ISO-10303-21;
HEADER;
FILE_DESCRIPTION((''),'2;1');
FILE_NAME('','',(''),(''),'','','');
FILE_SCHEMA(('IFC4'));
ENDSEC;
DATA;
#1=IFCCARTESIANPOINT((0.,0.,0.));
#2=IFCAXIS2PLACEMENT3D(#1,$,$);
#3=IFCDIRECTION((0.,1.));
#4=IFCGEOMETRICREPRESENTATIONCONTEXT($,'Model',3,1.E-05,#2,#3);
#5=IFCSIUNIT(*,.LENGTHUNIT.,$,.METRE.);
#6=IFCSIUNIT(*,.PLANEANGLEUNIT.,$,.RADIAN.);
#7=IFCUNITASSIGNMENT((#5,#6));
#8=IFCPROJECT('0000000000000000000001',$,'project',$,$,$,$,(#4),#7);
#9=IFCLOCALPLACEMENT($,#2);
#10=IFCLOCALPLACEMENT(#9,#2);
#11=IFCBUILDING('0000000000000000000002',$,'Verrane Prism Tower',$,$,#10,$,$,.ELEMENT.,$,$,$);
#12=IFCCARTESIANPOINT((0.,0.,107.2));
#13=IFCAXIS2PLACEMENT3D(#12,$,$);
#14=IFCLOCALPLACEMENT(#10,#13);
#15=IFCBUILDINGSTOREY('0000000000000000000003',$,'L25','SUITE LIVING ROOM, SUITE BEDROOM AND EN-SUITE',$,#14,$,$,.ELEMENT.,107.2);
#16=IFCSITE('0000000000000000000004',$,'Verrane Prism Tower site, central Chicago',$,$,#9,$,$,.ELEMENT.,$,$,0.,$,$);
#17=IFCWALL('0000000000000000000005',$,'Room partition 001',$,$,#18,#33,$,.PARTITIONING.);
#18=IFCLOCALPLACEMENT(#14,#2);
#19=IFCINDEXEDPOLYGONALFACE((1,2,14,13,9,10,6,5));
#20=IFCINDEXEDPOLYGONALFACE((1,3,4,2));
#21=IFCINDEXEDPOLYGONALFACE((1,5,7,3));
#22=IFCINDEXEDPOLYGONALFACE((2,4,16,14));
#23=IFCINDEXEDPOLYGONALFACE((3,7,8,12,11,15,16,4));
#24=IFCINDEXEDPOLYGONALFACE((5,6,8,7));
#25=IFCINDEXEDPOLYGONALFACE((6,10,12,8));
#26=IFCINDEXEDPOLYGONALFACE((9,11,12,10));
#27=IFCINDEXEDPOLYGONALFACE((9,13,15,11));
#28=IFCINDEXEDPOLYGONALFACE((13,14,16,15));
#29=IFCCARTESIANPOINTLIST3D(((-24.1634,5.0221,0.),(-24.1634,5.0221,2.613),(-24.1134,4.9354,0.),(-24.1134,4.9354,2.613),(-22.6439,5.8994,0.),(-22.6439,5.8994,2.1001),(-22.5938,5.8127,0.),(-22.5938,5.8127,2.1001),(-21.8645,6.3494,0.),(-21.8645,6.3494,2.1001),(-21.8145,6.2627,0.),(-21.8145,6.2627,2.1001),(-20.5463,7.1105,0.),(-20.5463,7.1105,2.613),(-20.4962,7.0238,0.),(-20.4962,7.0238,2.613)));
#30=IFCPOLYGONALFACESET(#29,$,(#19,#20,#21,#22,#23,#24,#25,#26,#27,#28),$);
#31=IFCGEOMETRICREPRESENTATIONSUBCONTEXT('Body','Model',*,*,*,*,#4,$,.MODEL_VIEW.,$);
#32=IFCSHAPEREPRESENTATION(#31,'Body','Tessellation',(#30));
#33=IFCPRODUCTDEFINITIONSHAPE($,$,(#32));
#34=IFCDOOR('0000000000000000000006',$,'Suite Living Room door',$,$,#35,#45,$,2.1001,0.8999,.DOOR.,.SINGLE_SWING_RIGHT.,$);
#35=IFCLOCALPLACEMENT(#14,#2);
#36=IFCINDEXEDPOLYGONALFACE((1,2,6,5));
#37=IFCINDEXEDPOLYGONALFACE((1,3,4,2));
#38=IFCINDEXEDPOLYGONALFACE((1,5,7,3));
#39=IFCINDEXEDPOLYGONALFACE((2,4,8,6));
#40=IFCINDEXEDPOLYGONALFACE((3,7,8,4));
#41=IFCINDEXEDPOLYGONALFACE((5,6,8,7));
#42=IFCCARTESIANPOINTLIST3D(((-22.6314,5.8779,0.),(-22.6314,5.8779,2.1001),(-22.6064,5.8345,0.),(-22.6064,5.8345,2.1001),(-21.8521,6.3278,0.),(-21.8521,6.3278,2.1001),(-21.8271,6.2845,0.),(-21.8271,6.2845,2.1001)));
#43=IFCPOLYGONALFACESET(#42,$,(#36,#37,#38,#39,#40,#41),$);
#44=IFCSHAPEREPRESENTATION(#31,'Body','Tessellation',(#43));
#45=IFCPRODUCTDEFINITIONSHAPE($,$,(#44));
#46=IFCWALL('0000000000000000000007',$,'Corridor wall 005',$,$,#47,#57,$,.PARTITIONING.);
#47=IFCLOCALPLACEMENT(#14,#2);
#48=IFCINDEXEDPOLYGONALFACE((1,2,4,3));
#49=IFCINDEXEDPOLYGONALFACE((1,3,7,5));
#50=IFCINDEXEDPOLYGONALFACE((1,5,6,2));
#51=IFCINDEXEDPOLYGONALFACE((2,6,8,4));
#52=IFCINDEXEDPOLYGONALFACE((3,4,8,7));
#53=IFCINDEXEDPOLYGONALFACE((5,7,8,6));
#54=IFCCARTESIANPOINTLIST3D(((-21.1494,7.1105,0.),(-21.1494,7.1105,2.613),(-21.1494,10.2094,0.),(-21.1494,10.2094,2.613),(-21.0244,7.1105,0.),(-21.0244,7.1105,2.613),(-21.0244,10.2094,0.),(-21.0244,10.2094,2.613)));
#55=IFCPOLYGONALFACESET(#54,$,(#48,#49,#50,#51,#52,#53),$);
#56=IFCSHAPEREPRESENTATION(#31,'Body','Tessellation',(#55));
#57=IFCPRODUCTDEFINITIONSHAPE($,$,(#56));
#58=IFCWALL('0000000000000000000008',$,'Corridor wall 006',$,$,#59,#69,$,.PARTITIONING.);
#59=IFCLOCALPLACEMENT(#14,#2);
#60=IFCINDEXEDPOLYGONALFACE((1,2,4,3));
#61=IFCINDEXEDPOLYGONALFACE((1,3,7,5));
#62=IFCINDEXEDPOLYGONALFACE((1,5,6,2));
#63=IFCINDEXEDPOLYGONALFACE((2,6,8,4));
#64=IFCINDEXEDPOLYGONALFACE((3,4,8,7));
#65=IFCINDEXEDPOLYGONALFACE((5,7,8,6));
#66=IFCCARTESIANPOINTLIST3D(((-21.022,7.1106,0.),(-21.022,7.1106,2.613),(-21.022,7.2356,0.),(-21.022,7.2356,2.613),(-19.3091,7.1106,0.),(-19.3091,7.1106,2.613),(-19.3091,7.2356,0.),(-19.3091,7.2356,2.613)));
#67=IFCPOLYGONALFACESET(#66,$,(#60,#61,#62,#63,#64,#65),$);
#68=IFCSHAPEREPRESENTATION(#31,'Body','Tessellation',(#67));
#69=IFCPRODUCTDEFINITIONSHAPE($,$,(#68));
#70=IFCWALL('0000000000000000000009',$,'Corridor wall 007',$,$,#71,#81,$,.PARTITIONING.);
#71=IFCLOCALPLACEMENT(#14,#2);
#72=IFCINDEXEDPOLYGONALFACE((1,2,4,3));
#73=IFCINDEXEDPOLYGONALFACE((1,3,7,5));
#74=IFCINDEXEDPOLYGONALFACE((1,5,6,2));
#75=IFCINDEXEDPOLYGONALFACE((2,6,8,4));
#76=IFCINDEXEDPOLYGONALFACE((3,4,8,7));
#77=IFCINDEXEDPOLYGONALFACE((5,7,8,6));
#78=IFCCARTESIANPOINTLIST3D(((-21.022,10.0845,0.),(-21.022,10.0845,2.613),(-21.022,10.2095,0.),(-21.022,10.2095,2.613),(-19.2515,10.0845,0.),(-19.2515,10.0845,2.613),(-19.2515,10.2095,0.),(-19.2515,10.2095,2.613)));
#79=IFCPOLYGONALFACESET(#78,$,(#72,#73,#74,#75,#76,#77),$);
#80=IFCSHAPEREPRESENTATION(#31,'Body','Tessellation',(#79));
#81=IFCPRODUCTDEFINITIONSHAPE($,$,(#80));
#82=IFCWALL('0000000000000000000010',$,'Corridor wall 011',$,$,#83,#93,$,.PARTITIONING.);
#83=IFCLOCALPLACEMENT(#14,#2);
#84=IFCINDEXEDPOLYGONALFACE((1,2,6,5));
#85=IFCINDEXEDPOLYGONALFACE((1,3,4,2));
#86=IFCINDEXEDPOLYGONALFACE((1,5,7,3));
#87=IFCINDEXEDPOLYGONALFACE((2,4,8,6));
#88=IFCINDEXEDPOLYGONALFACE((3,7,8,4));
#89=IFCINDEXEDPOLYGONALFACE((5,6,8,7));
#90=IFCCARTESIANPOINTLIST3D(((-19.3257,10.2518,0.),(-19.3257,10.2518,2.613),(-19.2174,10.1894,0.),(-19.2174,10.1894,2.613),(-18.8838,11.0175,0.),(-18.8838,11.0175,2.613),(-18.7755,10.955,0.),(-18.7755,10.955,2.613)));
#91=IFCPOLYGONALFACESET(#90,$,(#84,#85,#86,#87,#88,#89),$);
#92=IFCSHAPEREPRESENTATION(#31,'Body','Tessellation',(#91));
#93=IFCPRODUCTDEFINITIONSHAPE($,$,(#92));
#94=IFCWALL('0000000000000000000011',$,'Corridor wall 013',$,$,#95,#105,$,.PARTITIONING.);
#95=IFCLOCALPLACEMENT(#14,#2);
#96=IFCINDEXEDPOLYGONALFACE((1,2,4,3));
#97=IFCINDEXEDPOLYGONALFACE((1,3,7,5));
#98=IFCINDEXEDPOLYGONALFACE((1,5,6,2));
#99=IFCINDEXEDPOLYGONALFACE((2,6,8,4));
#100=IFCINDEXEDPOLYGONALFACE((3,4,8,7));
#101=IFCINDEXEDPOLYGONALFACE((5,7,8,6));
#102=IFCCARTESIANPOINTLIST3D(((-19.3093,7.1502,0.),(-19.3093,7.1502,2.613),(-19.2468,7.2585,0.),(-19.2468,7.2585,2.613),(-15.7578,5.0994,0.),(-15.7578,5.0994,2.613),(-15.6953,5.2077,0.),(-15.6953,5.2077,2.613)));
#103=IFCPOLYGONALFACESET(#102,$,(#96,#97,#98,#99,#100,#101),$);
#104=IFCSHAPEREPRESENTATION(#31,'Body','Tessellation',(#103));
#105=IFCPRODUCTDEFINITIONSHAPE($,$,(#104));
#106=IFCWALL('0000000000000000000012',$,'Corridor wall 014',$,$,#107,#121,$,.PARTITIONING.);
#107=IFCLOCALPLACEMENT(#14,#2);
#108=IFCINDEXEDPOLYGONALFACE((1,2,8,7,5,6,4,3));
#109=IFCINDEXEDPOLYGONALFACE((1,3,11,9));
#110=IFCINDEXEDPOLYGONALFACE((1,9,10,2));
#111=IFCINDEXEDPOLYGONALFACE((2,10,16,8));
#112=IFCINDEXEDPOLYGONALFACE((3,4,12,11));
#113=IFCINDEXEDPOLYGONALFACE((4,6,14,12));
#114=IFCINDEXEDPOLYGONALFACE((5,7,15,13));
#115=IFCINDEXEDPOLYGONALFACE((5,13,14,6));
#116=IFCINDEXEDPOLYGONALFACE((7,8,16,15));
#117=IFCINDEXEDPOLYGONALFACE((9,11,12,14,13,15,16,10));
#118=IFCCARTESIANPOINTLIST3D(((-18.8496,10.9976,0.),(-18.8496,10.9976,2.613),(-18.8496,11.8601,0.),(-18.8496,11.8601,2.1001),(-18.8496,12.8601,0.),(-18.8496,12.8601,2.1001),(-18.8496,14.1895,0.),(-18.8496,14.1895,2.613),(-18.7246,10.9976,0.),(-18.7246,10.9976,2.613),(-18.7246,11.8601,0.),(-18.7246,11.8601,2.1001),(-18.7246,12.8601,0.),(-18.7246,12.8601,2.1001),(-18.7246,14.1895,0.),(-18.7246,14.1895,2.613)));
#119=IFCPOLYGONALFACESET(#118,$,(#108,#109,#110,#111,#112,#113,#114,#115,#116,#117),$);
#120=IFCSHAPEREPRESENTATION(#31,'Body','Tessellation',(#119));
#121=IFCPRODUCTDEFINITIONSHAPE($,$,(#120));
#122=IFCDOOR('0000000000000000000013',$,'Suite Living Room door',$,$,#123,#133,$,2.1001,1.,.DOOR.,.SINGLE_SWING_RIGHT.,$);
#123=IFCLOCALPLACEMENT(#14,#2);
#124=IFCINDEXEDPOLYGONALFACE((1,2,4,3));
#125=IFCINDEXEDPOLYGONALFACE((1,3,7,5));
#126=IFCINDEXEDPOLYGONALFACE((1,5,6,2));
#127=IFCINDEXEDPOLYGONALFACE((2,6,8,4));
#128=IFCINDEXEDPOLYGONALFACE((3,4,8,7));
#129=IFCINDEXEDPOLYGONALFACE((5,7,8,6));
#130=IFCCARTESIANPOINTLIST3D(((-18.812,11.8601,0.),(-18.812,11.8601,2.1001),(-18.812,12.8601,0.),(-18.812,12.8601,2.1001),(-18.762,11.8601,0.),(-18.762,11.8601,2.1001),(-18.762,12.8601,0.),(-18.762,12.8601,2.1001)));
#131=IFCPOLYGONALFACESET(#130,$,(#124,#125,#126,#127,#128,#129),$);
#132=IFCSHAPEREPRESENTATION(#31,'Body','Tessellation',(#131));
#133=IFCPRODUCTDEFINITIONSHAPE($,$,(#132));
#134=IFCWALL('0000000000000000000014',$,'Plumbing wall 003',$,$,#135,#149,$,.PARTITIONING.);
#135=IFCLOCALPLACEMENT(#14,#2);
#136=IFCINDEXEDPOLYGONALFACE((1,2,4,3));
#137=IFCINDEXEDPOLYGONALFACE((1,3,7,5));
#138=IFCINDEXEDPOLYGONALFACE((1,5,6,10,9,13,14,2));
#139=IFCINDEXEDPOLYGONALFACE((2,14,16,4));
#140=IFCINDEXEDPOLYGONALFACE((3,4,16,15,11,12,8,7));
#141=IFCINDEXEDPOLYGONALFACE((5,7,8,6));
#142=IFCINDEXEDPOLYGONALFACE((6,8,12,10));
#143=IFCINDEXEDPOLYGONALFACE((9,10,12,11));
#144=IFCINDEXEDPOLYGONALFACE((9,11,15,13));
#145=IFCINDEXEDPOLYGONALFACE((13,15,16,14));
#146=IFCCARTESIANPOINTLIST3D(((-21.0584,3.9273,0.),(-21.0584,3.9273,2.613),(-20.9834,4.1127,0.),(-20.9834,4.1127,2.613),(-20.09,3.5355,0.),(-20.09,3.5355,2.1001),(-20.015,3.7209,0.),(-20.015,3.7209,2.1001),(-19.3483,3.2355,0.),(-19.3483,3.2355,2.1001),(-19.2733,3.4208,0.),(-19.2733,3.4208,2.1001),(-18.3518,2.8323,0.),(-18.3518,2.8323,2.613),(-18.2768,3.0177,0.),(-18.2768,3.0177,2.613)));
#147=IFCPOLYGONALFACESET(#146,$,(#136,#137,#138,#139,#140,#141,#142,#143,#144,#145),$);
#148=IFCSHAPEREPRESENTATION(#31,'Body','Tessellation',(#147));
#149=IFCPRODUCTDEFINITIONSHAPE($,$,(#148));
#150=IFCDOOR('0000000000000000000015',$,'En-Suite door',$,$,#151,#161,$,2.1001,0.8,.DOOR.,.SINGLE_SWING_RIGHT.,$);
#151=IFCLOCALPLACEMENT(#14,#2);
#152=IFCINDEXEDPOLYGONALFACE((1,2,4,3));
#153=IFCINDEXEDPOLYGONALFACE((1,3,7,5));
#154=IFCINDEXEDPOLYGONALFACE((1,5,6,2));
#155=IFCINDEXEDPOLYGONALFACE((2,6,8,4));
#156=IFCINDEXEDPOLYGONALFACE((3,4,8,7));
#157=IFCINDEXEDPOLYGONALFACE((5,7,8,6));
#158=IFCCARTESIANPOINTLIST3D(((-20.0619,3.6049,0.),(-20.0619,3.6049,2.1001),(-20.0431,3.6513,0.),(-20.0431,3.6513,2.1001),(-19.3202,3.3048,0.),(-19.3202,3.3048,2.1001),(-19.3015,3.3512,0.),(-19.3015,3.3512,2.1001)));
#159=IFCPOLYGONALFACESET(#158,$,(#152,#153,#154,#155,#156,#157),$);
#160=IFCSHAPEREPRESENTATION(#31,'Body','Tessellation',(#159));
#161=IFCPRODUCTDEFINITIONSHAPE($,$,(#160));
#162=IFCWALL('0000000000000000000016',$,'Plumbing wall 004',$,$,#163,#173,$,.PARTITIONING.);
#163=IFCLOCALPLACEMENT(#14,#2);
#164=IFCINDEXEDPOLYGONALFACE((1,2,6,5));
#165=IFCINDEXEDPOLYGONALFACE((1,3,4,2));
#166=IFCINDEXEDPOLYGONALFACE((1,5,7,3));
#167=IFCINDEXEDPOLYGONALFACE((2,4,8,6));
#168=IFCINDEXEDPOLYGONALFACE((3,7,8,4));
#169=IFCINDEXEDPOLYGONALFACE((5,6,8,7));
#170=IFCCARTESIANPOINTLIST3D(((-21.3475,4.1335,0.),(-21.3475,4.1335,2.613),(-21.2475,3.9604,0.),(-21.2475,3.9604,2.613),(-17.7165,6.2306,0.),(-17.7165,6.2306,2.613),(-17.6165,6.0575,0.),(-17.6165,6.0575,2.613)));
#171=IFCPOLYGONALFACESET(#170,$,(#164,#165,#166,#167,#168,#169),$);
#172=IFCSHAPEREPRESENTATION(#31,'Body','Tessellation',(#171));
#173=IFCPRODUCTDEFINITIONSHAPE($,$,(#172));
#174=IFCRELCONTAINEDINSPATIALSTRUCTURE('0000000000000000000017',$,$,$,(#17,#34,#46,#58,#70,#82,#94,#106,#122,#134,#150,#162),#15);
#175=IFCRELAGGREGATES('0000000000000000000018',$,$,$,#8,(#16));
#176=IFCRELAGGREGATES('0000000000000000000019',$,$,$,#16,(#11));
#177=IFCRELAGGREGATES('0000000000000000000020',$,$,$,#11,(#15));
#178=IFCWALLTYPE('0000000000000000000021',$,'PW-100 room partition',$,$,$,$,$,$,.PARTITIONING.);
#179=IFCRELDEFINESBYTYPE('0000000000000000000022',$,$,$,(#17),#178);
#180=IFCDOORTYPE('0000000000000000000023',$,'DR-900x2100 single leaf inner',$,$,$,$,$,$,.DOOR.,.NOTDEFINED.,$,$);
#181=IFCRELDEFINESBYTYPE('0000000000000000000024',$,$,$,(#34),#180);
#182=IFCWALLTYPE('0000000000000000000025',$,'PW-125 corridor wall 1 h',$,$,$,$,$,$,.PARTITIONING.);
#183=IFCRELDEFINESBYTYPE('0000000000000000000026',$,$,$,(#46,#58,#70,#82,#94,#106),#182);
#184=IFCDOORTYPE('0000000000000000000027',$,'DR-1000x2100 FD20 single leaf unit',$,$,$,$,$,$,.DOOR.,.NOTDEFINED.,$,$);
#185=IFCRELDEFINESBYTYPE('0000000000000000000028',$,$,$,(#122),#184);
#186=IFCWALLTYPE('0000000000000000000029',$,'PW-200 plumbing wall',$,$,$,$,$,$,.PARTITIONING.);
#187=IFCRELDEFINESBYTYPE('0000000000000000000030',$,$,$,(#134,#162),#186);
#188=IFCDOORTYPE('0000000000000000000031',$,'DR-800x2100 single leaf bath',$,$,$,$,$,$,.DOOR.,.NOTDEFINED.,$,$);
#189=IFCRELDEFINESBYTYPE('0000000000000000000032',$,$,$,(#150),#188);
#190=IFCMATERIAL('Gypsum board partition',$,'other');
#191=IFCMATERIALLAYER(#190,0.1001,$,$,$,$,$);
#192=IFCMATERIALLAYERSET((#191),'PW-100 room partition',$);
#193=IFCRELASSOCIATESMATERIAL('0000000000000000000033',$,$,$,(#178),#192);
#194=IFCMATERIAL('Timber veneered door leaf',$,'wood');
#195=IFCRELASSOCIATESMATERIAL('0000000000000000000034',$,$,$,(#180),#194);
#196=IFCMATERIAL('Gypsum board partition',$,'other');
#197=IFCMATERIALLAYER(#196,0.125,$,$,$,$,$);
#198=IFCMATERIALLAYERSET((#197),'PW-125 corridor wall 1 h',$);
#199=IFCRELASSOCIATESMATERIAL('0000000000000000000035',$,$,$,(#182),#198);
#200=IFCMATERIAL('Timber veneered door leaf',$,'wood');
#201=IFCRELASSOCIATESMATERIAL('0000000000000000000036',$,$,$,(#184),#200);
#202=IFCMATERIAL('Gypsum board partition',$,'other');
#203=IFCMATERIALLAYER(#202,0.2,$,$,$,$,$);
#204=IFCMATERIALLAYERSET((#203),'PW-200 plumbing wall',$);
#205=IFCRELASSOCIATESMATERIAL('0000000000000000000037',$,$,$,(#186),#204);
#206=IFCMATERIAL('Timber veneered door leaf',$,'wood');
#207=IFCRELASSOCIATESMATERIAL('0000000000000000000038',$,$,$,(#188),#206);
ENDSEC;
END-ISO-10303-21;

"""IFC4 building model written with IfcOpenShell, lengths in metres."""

from ifc_helpers import new_model, si_unit, direction, frame, frame_2d, origin, place, context, subcontext, project, spatial, rectangle, extrude, material, layer, layer_set, type_object, element, fill, save


model = new_model("IFC4")

# Units and contexts
model_context = context("Model", 3, precision=1e-05, world=origin(), true_north=direction((0.0, 1.0)))
body_context = subcontext(model_context, "Body", "Model", "MODEL_VIEW")
ifc_project = project(units=[si_unit("LENGTHUNIT", "METRE"), si_unit("PLANEANGLEUNIT", "RADIAN")], contexts=[model_context])

# Site, building, storey
site_placement = place(None, origin())
site = spatial("IfcSite", under=ifc_project, at=site_placement, Name="Verrane Prism Tower site, central Chicago", CompositionType="ELEMENT", RefElevation=0.0)
building_placement = place(site_placement, origin())
building = spatial("IfcBuilding", under=site, at=building_placement, Name="Verrane Prism Tower", CompositionType="ELEMENT")
storey_placement = place(building_placement, frame((0.0, 0.0, 107.2)))
storey = spatial("IfcBuildingStorey", under=building, at=storey_placement, Name="L25", Description="SUITE LIVING ROOM, SUITE BEDROOM AND EN-SUITE", CompositionType="ELEMENT", Elevation=107.2)

# Wall, opening, door
ifc_material_1 = material(Name="Gypsum board partition", Category="other")
ifc_layer_1 = layer(ifc_material_1, 0.1001)
ifc_layer_set_1 = layer_set([ifc_layer_1], Name="PW-100 room partition")
wall_type_1 = type_object("IfcWallType", Name="PW-100 room partition", PredefinedType="PARTITIONING", material=ifc_layer_set_1)
wall_1_placement = place(storey_placement, frame((-20.5212, 7.0671, 0.0), z_axis=(0.0, 0.0, 1.0), x_axis=(-0.866026, -0.499999, 0.0)))
wall_1 = element("IfcWall", 1, at=wall_1_placement, inside=storey, type_object=wall_type_1, Name="Room partition 001", PredefinedType="PARTITIONING", context=body_context, shape_type="SweptSolid", body=[
    extrude(rectangle(XDim=4.1768, YDim=0.1001, at=frame_2d((2.0884, 0.0))), origin(), (0.0, 0.0, 1.0), 2.613),
])
opening_1_placement = place(wall_1_placement, frame((1.5222, 0.0, 0.0)))
opening_1 = element("IfcOpeningElement", 2, at=opening_1_placement, cuts=wall_1, PredefinedType="OPENING", context=body_context, shape_type="SweptSolid", body=[
    extrude(rectangle(XDim=0.8999, YDim=2.1001, at=frame_2d((0.45, 1.05))), frame((0.0, 0.0601, 0.0), z_axis=(0.0, -1.0, 0.0), x_axis=(1.0, 0.0, 0.0)), (0.0, 0.0, 1.0), 0.1201),
])
ifc_material_2 = material(Name="Timber veneered door leaf", Category="wood")
door_type_1 = type_object("IfcDoorType", Name="DR-900x2100 single leaf inner", OperationType="NOTDEFINED", PredefinedType="DOOR", material=ifc_material_2)
door_1_placement = place(opening_1_placement, origin())
door_1 = element("IfcDoor", 3, at=door_1_placement, inside=storey, type_object=door_type_1, Name="Suite Living Room door", OperationType="SINGLE_SWING_RIGHT", OverallHeight=2.1001, OverallWidth=0.8999, PredefinedType="DOOR", context=body_context, shape_type="SweptSolid", body=[
    extrude(rectangle(XDim=0.8999, YDim=2.1001, at=frame_2d((0.45, 1.05))), frame((0.0, 0.0249, 0.0), z_axis=(0.0, -1.0, 0.0), x_axis=(1.0, 0.0, 0.0)), (0.0, 0.0, 1.0), 0.05),
])
fill(opening_1, door_1)

# Walls
ifc_material_3 = material(Name="Gypsum board partition", Category="other")
ifc_layer_2 = layer(ifc_material_3, 0.125)
ifc_layer_set_2 = layer_set([ifc_layer_2], Name="PW-125 corridor wall 1 h")
wall_type_2 = type_object("IfcWallType", Name="PW-125 corridor wall 1 h", PredefinedType="PARTITIONING", material=ifc_layer_set_2)
wall_2_placement = place(storey_placement, frame((-21.0869, 7.1106, 0.0), z_axis=(0.0, 0.0, 1.0), x_axis=(0.0, 1.0, 0.0)))
element("IfcWall", 4, at=wall_2_placement, inside=storey, type_object=wall_type_2, Name="Corridor wall 005", PredefinedType="PARTITIONING", context=body_context, shape_type="SweptSolid", body=[
    extrude(rectangle(XDim=3.0989, YDim=0.125, at=frame_2d((1.5493, 0.0))), origin(), (0.0, 0.0, 1.0), 2.613),
])
wall_3_placement = place(storey_placement, frame((-21.022, 7.1731, 0.0), z_axis=(0.0, 0.0, 1.0), x_axis=(1.0, 0.0, 0.0)))
element("IfcWall", 5, at=wall_3_placement, inside=storey, type_object=wall_type_2, Name="Corridor wall 006", PredefinedType="PARTITIONING", context=body_context, shape_type="SweptSolid", body=[
    extrude(rectangle(XDim=1.7129, YDim=0.125, at=frame_2d((0.8564, 0.0))), origin(), (0.0, 0.0, 1.0), 2.613),
])
wall_4_placement = place(storey_placement, frame((-21.022, 10.147, 0.0), z_axis=(0.0, 0.0, 1.0), x_axis=(1.0, 0.0, 0.0)))
element("IfcWall", 6, at=wall_4_placement, inside=storey, type_object=wall_type_2, Name="Corridor wall 007", PredefinedType="PARTITIONING", context=body_context, shape_type="SweptSolid", body=[
    extrude(rectangle(XDim=1.7705, YDim=0.125, at=frame_2d((0.8853, 0.0))), origin(), (0.0, 0.0, 1.0), 2.613),
])
wall_5_placement = place(storey_placement, frame((-19.2715, 10.2207, 0.0), z_axis=(0.0, 0.0, 1.0), x_axis=(0.499882, 0.866094, 0.0)))
element("IfcWall", 7, at=wall_5_placement, inside=storey, type_object=wall_type_2, Name="Corridor wall 011", PredefinedType="PARTITIONING", context=body_context, shape_type="SweptSolid", body=[
    extrude(rectangle(XDim=0.884, YDim=0.125, at=frame_2d((0.4419, 0.0))), origin(), (0.0, 0.0, 1.0), 2.613),
])
wall_6_placement = place(storey_placement, frame((-19.2781, 7.2043, 0.0), z_axis=(0.0, 0.0, 1.0), x_axis=(0.865992, -0.500057, 0.0)))
element("IfcWall", 8, at=wall_6_placement, inside=storey, type_object=wall_type_2, Name="Corridor wall 013", PredefinedType="PARTITIONING", context=body_context, shape_type="SweptSolid", body=[
    extrude(rectangle(XDim=4.1011, YDim=0.125, at=frame_2d((2.0505, 0.0))), origin(), (0.0, 0.0, 1.0), 2.613),
])

# Walls, openings, doors
wall_7_placement = place(storey_placement, frame((-18.7871, 10.9976, 0.0), z_axis=(0.0, 0.0, 1.0), x_axis=(0.0, 1.0, 0.0)))
wall_7 = element("IfcWall", 9, at=wall_7_placement, inside=storey, type_object=wall_type_2, Name="Corridor wall 014", PredefinedType="PARTITIONING", context=body_context, shape_type="SweptSolid", body=[
    extrude(rectangle(XDim=3.1919, YDim=0.125, at=frame_2d((1.5959, 0.0))), origin(), (0.0, 0.0, 1.0), 2.613),
])
opening_2_placement = place(wall_7_placement, frame((0.8625, 0.0, 0.0)))
opening_2 = element("IfcOpeningElement", 10, at=opening_2_placement, cuts=wall_7, PredefinedType="OPENING", context=body_context, shape_type="SweptSolid", body=[
    extrude(rectangle(XDim=1.0, YDim=2.1001, at=frame_2d((0.5, 1.05))), frame((0.0, 0.0725, 0.0), z_axis=(0.0, -1.0, 0.0), x_axis=(1.0, 0.0, 0.0)), (0.0, 0.0, 1.0), 0.145),
])
ifc_material_4 = material(Name="Timber veneered door leaf", Category="wood")
door_type_2 = type_object("IfcDoorType", Name="DR-1000x2100 FD20 single leaf unit", OperationType="NOTDEFINED", PredefinedType="DOOR", material=ifc_material_4)
door_2_placement = place(opening_2_placement, origin())
door_2 = element("IfcDoor", 11, at=door_2_placement, inside=storey, type_object=door_type_2, Name="Suite Living Room door", OperationType="SINGLE_SWING_RIGHT", OverallHeight=2.1001, OverallWidth=1.0, PredefinedType="DOOR", context=body_context, shape_type="SweptSolid", body=[
    extrude(rectangle(XDim=1.0, YDim=2.1001, at=frame_2d((0.5, 1.05))), frame((0.0, 0.0249, 0.0), z_axis=(0.0, -1.0, 0.0), x_axis=(1.0, 0.0, 0.0)), (0.0, 0.0, 1.0), 0.05),
])
fill(opening_2, door_2)
ifc_material_5 = material(Name="Gypsum board partition", Category="other")
ifc_layer_3 = layer(ifc_material_5, 0.2)
ifc_layer_set_3 = layer_set([ifc_layer_3], Name="PW-200 plumbing wall")
wall_type_3 = type_object("IfcWallType", Name="PW-200 plumbing wall", PredefinedType="PARTITIONING", material=ifc_layer_set_3)
wall_8_placement = place(storey_placement, frame((-21.021, 4.02, 0.0), z_axis=(0.0, 0.0, 1.0), x_axis=(0.927011, -0.375035, 0.0)))
wall_8 = element("IfcWall", 12, at=wall_8_placement, inside=storey, type_object=wall_type_3, Name="Plumbing wall 003", PredefinedType="PARTITIONING", context=body_context, shape_type="SweptSolid", body=[
    extrude(rectangle(XDim=2.9197, YDim=0.2, at=frame_2d((1.46, 0.0))), origin(), (0.0, 0.0, 1.0), 2.613),
])
opening_3_placement = place(wall_8_placement, frame((1.0449, 0.0, 0.0)))
opening_3 = element("IfcOpeningElement", 13, at=opening_3_placement, cuts=wall_8, PredefinedType="OPENING", context=body_context, shape_type="SweptSolid", body=[
    extrude(rectangle(XDim=0.8, YDim=2.1001, at=frame_2d((0.3999, 1.05))), frame((0.0, 0.1099, 0.0), z_axis=(0.0, -1.0, 0.0), x_axis=(1.0, 0.0, 0.0)), (0.0, 0.0, 1.0), 0.22),
])
ifc_material_6 = material(Name="Timber veneered door leaf", Category="wood")
door_type_3 = type_object("IfcDoorType", Name="DR-800x2100 single leaf bath", OperationType="NOTDEFINED", PredefinedType="DOOR", material=ifc_material_6)
door_3_placement = place(opening_3_placement, origin())
door_3 = element("IfcDoor", 14, at=door_3_placement, inside=storey, type_object=door_type_3, Name="En-Suite door", OperationType="SINGLE_SWING_RIGHT", OverallHeight=2.1001, OverallWidth=0.8, PredefinedType="DOOR", context=body_context, shape_type="SweptSolid", body=[
    extrude(rectangle(XDim=0.8, YDim=2.1001, at=frame_2d((0.3999, 1.05))), frame((0.0, 0.0249, 0.0), z_axis=(0.0, -1.0, 0.0), x_axis=(1.0, 0.0, 0.0)), (0.0, 0.0, 1.0), 0.05),
])
fill(opening_3, door_3)

# Wall
wall_9_placement = place(storey_placement, frame((-21.2976, 4.0469, 0.0), z_axis=(0.0, 0.0, 1.0), x_axis=(0.865948, 0.500134, 0.0)))
element("IfcWall", 15, at=wall_9_placement, inside=storey, type_object=wall_type_3, Name="Plumbing wall 004", PredefinedType="PARTITIONING", context=body_context, shape_type="SweptSolid", body=[
    extrude(rectangle(XDim=4.1931, YDim=0.2, at=frame_2d((2.0967, 0.0))), origin(), (0.0, 0.0, 1.0), 2.613),
])

save(model, "model.ifc")
